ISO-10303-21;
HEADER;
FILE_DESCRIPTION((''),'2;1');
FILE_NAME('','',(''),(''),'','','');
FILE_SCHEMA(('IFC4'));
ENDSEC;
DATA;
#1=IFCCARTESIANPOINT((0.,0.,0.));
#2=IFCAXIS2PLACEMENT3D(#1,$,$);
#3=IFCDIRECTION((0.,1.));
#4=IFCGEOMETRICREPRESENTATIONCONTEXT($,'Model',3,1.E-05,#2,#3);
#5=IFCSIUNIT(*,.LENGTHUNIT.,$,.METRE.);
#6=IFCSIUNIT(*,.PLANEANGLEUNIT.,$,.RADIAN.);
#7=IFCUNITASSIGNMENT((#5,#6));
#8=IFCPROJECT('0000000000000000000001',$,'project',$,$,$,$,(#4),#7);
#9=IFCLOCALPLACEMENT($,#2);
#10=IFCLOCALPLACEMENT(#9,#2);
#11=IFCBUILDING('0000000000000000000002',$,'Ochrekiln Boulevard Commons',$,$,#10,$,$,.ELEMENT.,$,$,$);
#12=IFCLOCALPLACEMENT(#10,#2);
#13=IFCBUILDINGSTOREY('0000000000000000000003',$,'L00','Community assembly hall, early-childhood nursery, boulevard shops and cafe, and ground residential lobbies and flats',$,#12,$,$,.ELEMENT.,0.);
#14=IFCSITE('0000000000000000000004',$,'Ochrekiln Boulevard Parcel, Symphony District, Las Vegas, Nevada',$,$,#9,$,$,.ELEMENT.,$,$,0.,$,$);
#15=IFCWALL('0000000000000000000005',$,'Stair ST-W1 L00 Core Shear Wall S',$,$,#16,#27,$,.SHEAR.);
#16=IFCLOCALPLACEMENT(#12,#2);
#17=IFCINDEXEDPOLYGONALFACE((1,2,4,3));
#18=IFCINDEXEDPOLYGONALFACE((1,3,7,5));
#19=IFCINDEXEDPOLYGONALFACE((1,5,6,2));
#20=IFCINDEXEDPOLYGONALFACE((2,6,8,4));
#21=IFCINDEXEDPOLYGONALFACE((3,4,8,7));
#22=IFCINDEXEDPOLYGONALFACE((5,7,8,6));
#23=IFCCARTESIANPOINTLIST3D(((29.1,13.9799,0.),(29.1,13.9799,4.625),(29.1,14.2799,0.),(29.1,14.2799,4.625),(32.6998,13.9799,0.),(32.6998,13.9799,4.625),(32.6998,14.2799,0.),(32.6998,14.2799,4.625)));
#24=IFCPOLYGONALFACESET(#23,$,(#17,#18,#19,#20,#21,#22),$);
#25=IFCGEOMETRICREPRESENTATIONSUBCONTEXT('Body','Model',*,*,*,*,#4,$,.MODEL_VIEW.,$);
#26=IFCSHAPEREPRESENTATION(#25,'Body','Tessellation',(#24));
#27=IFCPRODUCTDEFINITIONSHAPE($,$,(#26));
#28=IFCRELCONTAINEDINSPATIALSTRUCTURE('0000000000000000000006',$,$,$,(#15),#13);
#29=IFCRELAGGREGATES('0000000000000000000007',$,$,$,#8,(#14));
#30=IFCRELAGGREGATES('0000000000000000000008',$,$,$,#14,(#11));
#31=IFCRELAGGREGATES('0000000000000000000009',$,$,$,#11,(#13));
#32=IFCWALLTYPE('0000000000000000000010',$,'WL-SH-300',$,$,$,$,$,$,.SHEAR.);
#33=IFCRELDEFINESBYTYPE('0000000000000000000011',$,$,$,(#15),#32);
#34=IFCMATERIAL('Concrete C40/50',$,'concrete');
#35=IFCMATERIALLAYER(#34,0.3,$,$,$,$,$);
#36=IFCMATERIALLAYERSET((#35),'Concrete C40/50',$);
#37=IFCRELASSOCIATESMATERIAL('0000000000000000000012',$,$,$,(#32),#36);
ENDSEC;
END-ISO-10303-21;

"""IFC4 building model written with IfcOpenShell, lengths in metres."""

from ifc_helpers import new_model, si_unit, direction, frame, frame_2d, origin, place, context, subcontext, project, spatial, rectangle, extrude, material, layer, layer_set, type_object, element, save


model = new_model("IFC4")

# Units and contexts
model_context = context("Model", 3, precision=1e-05, world=origin(), true_north=direction((0.0, 1.0)))
body_context = subcontext(model_context, "Body", "Model", "MODEL_VIEW")
ifc_project = project(units=[si_unit("LENGTHUNIT", "METRE"), si_unit("PLANEANGLEUNIT", "RADIAN")], contexts=[model_context])

# Site, building, storey
site_placement = place(None, origin())
site = spatial("IfcSite", under=ifc_project, at=site_placement, Name="Ochrekiln Boulevard Parcel, Symphony District, Las Vegas, Nevada", CompositionType="ELEMENT", RefElevation=0.0)
building_placement = place(site_placement, origin())
building = spatial("IfcBuilding", under=site, at=building_placement, Name="Ochrekiln Boulevard Commons", CompositionType="ELEMENT")
storey_placement = place(building_placement, origin())
storey = spatial("IfcBuildingStorey", under=building, at=storey_placement, Name="L00", Description="Community assembly hall, early-childhood nursery, boulevard shops and cafe, and ground residential lobbies and flats", CompositionType="ELEMENT", Elevation=0.0)

# Shared definitions
ifc_material_1 = material(Name="Concrete C40/50", Category="concrete")

# Wall
ifc_layer_1 = layer(ifc_material_1, 0.3)
ifc_layer_set_1 = layer_set([ifc_layer_1], Name="Concrete C40/50")
wall_type_1 = type_object("IfcWallType", Name="WL-SH-300", PredefinedType="SHEAR", material=ifc_layer_set_1)
wall_1_placement = place(storey_placement, frame((29.1001, 14.1299, 0.0), z_axis=(0.0, 0.0, 1.0), x_axis=(1.0, 0.0, 0.0)))
element("IfcWall", 1, at=wall_1_placement, inside=storey, type_object=wall_type_1, Name="Stair ST-W1 L00 Core Shear Wall S", PredefinedType="SHEAR", context=body_context, shape_type="SweptSolid", body=[
    extrude(rectangle(XDim=3.5999, YDim=0.3, at=frame_2d((1.7998, 0.0))), origin(), (0.0, 0.0, 1.0), 4.625),
])

save(model, "model.ifc")
